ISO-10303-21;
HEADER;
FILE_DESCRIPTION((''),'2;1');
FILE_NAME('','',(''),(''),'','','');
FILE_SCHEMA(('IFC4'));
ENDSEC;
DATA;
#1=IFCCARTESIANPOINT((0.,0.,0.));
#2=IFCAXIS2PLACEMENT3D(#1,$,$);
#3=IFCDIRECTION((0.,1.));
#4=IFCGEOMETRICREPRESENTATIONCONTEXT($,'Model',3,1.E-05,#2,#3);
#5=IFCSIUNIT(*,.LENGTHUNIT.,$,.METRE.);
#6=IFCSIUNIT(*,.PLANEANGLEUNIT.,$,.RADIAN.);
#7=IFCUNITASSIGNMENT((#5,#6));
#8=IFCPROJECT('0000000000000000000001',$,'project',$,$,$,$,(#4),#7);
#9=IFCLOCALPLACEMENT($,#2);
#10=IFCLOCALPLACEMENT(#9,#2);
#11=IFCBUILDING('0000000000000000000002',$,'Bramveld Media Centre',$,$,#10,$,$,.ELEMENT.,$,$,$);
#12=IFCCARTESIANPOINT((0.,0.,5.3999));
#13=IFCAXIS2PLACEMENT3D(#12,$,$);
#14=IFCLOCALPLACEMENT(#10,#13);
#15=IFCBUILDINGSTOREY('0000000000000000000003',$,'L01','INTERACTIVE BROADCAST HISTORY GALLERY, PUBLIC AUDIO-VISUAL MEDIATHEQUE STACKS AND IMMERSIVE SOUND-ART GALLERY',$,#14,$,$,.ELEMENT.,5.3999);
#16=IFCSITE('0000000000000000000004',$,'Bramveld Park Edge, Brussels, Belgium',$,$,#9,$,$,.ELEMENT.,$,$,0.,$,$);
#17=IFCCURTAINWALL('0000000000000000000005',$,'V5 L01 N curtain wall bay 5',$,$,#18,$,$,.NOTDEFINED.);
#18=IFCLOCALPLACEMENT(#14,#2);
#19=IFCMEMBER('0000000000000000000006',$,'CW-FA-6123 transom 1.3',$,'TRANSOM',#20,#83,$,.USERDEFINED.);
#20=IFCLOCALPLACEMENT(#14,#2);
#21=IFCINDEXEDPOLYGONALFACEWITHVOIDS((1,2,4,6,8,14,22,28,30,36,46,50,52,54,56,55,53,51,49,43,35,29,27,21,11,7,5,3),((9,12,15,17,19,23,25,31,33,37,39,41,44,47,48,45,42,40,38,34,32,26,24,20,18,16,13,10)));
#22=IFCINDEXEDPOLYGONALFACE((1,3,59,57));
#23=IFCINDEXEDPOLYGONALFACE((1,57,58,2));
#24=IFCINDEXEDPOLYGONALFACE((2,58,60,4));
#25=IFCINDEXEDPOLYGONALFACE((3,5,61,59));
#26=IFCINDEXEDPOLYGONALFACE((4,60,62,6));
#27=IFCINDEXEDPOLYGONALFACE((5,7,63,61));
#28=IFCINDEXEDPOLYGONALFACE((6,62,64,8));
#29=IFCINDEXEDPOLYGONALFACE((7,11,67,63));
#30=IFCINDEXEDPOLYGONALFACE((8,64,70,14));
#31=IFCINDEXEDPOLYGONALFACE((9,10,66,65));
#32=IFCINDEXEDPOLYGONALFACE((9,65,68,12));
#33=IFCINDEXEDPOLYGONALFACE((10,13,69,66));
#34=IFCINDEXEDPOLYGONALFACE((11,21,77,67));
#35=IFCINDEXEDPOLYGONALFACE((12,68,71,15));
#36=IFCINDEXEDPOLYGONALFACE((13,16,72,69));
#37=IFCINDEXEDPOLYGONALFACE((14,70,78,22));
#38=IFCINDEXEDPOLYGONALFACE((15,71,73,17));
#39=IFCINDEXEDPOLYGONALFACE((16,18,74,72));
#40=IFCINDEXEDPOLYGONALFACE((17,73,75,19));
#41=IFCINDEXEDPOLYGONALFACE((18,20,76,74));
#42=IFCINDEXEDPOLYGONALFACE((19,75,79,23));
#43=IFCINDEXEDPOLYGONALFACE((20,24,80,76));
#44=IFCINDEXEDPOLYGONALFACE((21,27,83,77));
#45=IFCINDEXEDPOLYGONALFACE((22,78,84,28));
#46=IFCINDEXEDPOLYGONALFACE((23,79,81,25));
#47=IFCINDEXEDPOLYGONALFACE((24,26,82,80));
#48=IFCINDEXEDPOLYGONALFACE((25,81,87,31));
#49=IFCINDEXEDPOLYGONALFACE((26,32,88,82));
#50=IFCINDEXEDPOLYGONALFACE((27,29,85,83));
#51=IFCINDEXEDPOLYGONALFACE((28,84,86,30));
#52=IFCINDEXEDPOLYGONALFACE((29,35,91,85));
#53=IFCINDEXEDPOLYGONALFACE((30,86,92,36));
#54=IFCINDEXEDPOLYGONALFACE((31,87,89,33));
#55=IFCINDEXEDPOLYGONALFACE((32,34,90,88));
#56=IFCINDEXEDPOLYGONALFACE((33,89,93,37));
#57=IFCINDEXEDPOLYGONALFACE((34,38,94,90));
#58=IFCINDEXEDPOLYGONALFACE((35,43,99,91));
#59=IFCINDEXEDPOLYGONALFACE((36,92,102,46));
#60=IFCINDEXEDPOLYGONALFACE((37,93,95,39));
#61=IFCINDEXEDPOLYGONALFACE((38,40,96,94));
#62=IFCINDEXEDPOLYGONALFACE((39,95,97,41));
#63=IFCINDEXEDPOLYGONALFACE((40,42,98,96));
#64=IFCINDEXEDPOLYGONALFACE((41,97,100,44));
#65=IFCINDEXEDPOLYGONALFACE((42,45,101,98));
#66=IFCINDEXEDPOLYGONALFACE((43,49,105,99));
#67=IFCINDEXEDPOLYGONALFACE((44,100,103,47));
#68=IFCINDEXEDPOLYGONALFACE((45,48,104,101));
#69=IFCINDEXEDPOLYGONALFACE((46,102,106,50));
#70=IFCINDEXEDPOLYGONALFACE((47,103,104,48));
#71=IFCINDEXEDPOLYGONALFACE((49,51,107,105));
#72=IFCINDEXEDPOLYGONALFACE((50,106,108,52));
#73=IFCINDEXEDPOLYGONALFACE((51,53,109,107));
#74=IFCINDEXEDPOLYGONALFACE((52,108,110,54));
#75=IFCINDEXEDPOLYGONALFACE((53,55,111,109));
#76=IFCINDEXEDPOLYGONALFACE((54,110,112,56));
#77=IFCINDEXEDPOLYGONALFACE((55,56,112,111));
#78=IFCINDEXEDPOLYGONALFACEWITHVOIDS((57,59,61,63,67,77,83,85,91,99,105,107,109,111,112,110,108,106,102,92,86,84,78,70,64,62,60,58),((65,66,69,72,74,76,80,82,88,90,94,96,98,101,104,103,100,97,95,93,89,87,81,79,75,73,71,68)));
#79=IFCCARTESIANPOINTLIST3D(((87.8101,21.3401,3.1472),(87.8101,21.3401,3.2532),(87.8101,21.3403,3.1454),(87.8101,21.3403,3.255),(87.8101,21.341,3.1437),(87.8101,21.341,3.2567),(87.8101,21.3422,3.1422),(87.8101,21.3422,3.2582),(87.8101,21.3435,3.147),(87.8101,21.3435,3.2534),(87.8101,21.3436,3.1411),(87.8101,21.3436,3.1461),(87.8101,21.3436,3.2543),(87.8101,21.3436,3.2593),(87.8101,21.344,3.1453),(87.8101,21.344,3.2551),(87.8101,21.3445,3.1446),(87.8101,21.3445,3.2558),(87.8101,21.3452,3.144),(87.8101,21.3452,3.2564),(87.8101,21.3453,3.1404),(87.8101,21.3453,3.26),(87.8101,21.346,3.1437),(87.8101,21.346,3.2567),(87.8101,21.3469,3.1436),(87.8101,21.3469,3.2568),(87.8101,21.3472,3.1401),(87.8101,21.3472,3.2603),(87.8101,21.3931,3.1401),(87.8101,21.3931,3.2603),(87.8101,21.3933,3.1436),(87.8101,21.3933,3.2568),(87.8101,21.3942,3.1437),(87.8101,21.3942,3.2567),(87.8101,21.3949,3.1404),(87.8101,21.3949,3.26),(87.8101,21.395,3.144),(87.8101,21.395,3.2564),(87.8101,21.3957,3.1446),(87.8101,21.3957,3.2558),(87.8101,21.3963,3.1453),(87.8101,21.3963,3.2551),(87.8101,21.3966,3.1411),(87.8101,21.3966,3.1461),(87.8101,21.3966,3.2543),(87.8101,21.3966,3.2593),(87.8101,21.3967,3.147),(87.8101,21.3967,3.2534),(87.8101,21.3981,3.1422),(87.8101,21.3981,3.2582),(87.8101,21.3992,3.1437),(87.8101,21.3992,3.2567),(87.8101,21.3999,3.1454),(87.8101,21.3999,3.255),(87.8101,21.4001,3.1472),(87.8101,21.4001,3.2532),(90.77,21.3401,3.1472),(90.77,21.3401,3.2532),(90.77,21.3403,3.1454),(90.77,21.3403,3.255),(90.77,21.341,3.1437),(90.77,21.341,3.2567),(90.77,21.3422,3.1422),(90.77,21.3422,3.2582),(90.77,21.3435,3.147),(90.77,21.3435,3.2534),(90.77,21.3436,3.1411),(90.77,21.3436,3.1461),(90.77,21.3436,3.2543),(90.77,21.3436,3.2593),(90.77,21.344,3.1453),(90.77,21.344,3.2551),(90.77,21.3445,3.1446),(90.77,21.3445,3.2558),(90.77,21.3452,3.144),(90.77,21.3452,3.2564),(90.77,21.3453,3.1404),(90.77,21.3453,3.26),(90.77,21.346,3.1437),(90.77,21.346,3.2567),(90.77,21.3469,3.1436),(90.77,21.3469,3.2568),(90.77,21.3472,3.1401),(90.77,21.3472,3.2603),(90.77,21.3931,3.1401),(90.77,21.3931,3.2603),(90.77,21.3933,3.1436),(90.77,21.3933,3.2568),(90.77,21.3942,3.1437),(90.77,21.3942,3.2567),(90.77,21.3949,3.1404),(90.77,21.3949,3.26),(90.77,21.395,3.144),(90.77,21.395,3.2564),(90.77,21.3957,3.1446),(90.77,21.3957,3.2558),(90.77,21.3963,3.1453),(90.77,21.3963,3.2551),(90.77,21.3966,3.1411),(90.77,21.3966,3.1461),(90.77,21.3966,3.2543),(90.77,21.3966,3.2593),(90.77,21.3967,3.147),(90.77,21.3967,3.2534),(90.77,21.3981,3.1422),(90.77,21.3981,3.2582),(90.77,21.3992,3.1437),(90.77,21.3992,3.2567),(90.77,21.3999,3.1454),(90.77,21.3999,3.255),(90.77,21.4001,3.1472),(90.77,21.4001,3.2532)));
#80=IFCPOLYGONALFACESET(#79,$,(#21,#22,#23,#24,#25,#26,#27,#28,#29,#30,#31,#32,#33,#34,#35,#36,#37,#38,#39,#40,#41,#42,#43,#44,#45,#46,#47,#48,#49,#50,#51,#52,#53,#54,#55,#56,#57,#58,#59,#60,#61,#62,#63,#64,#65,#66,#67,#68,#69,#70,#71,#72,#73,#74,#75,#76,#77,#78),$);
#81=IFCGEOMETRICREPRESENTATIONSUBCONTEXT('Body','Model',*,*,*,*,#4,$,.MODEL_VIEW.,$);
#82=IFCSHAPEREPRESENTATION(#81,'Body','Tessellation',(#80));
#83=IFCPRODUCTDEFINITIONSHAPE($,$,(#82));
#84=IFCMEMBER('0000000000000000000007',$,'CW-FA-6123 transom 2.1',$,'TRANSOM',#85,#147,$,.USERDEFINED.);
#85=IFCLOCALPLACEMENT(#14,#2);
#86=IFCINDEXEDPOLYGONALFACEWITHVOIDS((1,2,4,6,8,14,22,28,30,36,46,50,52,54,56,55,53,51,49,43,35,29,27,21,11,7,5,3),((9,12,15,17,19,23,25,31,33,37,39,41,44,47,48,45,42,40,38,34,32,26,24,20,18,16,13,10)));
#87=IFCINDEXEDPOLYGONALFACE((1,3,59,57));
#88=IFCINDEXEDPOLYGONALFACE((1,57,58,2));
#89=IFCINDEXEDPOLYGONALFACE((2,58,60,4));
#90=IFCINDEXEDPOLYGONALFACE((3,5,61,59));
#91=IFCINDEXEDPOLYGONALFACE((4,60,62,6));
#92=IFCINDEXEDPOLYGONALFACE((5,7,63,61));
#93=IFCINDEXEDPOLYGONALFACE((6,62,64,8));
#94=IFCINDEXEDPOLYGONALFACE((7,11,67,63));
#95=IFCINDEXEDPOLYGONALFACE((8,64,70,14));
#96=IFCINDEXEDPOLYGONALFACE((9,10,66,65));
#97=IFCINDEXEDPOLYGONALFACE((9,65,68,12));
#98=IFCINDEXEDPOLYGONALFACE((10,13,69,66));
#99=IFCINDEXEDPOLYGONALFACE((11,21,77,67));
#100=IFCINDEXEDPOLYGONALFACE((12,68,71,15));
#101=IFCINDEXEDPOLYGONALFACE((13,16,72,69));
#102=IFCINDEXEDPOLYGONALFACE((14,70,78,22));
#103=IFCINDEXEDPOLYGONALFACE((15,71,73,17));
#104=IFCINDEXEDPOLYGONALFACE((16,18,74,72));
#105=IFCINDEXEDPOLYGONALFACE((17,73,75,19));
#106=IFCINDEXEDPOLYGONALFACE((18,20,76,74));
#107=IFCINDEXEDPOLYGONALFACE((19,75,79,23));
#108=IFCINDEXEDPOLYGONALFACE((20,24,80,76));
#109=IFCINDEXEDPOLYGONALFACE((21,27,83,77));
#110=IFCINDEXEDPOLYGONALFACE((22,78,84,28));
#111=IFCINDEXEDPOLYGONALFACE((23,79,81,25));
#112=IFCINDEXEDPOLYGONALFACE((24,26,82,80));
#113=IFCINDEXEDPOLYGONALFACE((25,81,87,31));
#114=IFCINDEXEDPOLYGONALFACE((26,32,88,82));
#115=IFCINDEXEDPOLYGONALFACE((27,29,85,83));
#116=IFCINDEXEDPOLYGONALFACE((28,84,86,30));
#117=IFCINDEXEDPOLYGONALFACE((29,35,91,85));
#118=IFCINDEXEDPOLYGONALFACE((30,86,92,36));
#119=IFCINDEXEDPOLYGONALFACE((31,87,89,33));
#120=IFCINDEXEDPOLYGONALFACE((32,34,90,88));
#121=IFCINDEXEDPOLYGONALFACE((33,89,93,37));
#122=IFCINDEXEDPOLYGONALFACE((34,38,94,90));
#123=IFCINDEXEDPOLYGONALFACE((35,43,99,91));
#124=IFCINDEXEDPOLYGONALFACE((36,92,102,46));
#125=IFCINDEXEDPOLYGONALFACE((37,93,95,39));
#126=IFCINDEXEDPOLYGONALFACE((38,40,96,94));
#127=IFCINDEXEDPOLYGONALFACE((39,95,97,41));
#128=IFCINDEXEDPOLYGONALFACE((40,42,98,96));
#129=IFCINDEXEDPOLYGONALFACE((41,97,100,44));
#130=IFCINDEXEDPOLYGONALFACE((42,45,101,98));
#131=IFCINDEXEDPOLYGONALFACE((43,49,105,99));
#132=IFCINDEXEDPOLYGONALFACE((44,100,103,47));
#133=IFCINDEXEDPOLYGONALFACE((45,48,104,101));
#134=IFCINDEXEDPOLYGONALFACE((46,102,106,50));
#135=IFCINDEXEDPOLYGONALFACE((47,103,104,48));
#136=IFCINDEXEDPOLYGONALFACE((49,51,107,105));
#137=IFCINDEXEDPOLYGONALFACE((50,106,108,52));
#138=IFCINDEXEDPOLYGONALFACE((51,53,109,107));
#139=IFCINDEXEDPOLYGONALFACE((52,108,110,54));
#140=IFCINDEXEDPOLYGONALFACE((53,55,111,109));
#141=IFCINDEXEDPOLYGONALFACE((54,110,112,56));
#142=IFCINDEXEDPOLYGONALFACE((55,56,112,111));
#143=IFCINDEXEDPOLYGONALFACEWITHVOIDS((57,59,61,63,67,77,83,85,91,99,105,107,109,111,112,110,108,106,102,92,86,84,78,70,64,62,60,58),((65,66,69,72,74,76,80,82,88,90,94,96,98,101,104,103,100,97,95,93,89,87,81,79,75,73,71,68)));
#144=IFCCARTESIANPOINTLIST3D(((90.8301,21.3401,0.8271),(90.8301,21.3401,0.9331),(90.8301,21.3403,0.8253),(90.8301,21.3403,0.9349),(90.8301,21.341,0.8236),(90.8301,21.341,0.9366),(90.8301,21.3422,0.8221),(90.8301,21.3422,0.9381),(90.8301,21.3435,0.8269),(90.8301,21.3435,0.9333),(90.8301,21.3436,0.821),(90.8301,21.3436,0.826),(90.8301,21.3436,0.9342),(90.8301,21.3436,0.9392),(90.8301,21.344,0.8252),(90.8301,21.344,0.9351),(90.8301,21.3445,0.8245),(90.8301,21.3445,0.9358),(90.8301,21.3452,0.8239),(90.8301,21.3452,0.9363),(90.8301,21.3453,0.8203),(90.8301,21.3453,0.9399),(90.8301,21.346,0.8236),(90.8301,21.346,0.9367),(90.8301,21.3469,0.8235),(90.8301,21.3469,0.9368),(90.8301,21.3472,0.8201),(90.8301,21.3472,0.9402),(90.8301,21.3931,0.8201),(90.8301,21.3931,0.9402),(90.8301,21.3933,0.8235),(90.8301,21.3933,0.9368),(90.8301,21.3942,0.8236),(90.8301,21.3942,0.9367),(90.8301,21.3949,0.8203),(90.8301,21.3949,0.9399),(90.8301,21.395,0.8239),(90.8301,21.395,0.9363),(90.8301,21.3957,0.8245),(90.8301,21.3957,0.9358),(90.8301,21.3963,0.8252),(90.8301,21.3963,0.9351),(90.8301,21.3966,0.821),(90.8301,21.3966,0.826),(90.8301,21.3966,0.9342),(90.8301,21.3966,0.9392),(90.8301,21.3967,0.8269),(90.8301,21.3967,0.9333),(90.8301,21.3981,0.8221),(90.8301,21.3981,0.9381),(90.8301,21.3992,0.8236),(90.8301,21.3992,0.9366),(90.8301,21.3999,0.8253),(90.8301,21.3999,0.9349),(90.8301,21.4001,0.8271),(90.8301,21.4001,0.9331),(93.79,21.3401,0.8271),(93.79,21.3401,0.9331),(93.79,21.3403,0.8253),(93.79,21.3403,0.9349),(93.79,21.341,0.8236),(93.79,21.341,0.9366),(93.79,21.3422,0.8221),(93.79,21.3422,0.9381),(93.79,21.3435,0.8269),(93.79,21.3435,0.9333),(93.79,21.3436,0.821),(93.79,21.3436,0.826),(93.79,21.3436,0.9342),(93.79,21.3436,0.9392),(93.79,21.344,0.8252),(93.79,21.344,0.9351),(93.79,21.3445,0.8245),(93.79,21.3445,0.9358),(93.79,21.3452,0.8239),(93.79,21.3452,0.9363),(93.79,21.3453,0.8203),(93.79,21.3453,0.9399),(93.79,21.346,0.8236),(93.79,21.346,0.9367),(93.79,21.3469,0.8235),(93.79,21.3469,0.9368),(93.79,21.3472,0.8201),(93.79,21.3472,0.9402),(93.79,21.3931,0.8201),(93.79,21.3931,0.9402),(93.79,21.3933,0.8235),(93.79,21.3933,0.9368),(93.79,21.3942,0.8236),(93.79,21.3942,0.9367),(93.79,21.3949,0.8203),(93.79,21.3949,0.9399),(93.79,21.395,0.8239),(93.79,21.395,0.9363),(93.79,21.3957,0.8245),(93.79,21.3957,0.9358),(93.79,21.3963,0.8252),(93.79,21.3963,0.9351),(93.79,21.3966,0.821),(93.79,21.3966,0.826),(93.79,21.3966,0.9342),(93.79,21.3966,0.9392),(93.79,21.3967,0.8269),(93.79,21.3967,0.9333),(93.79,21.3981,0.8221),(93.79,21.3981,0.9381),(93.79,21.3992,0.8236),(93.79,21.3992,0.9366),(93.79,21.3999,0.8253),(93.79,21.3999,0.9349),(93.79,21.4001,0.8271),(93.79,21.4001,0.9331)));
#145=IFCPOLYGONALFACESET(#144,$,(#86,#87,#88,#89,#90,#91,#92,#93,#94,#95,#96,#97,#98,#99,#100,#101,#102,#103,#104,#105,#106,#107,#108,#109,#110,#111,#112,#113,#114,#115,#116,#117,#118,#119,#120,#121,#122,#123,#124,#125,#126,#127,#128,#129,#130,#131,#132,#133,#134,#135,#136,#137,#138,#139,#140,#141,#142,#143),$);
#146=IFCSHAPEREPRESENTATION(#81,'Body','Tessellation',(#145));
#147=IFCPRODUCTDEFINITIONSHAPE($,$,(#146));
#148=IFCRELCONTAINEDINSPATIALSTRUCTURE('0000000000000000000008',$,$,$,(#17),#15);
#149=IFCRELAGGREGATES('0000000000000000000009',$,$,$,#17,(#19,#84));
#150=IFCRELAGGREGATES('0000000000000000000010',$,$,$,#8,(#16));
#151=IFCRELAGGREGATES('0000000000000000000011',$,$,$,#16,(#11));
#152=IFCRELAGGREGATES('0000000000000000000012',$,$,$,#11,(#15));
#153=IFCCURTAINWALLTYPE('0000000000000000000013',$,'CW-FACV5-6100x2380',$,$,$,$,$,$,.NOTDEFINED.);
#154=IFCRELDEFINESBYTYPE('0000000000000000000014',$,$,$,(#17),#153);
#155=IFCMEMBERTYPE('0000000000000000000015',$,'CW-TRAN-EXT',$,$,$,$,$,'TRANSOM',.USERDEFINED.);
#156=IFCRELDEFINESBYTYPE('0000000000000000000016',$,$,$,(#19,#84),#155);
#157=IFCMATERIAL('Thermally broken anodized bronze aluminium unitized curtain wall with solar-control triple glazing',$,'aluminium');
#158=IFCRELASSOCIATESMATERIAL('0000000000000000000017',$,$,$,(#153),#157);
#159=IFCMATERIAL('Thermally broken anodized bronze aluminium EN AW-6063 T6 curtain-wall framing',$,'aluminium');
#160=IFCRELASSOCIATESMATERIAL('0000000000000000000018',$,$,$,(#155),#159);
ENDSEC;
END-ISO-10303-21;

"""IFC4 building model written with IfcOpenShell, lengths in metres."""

from ifc_helpers import new_model, si_unit, direction, frame, origin, origin_2d, place, context, subcontext, project, spatial, hollow_rectangle, extrude, material, material_profile, profile_set, type_object, element, aggregate, save


model = new_model("IFC4")

# Units and contexts
model_context = context("Model", 3, precision=1e-05, world=origin(), true_north=direction((0.0, 1.0)))
body_context = subcontext(model_context, "Body", "Model", "MODEL_VIEW")
ifc_project = project(units=[si_unit("LENGTHUNIT", "METRE"), si_unit("PLANEANGLEUNIT", "RADIAN")], contexts=[model_context])

# Site, building, storey
site_placement = place(None, origin())
site = spatial("IfcSite", under=ifc_project, at=site_placement, Name="Bramveld Park Edge, Brussels, Belgium", CompositionType="ELEMENT", RefElevation=0.0)
building_placement = place(site_placement, origin())
building = spatial("IfcBuilding", under=site, at=building_placement, Name="Bramveld Media Centre", CompositionType="ELEMENT")
storey_placement = place(building_placement, frame((0.0, 0.0, 5.3999)))
storey = spatial("IfcBuildingStorey", under=building, at=storey_placement, Name="L01", Description="INTERACTIVE BROADCAST HISTORY GALLERY, PUBLIC AUDIO-VISUAL MEDIATHEQUE STACKS AND IMMERSIVE SOUND-ART GALLERY", CompositionType="ELEMENT", Elevation=5.3999)

# Curtain wall
ifc_material_1 = material(Name="Thermally broken anodized bronze aluminium unitized curtain wall with solar-control triple glazing", Category="aluminium")
curtain_wall_type = type_object("IfcCurtainWallType", Name="CW-FACV5-6100x2380", PredefinedType="NOTDEFINED", material=ifc_material_1)
curtain_wall_1_placement = place(storey_placement, origin())
curtain_wall_1 = element("IfcCurtainWall", 1, at=curtain_wall_1_placement, inside=storey, type_object=curtain_wall_type, Name="V5 L01 N curtain wall bay 5", PredefinedType="NOTDEFINED")

# Members
ifc_material_2 = material(Name="Thermally broken anodized bronze aluminium EN AW-6063 T6 curtain-wall framing", Category="aluminium")
ifc_material_profile_1 = material_profile(ifc_material_2, hollow_rectangle(XDim=0.0601, YDim=0.1201, WallThickness=0.0034, InnerFilletRadius=0.0034, OuterFilletRadius=0.0071, at=origin_2d()), Name="AL-TRAN 60x120")
ifc_profile_set_1 = profile_set([ifc_material_profile_1], Name="Thermally broken anodized bronze aluminium EN AW-6063 T6 curtain-wall framing")
member_type_1 = type_object("IfcMemberType", Name="CW-TRAN-EXT", ElementType="TRANSOM", PredefinedType="USERDEFINED", material=ifc_profile_set_1)
member_1_placement = place(storey_placement, frame((87.8101, 21.3701, 3.2002), z_axis=(1.0, 0.0, 0.0), x_axis=(0.0, 1.0, 0.0)))
member_1 = element("IfcMember", 2, at=member_1_placement, type_object=member_type_1, Name="CW-FA-6123 transom 1.3", ObjectType="TRANSOM", PredefinedType="USERDEFINED", context=body_context, shape_type="SweptSolid", body=[
    extrude(hollow_rectangle(XDim=0.0601, YDim=0.1201, WallThickness=0.0034, InnerFilletRadius=0.0034, OuterFilletRadius=0.0071, at=origin_2d()), origin(), (0.0, 0.0, 1.0), 2.96),
])
member_2_placement = place(storey_placement, frame((90.8301, 21.3701, 0.8801), z_axis=(1.0, 0.0, 0.0), x_axis=(0.0, 1.0, 0.0)))
member_2 = element("IfcMember", 3, at=member_2_placement, type_object=member_type_1, Name="CW-FA-6123 transom 2.1", ObjectType="TRANSOM", PredefinedType="USERDEFINED", context=body_context, shape_type="SweptSolid", body=[
    extrude(hollow_rectangle(XDim=0.0601, YDim=0.1201, WallThickness=0.0034, InnerFilletRadius=0.0034, OuterFilletRadius=0.0071, at=origin_2d()), origin(), (0.0, 0.0, 1.0), 2.96),
])

aggregate(curtain_wall_1, [member_1, member_2])

save(model, "model.ifc")
